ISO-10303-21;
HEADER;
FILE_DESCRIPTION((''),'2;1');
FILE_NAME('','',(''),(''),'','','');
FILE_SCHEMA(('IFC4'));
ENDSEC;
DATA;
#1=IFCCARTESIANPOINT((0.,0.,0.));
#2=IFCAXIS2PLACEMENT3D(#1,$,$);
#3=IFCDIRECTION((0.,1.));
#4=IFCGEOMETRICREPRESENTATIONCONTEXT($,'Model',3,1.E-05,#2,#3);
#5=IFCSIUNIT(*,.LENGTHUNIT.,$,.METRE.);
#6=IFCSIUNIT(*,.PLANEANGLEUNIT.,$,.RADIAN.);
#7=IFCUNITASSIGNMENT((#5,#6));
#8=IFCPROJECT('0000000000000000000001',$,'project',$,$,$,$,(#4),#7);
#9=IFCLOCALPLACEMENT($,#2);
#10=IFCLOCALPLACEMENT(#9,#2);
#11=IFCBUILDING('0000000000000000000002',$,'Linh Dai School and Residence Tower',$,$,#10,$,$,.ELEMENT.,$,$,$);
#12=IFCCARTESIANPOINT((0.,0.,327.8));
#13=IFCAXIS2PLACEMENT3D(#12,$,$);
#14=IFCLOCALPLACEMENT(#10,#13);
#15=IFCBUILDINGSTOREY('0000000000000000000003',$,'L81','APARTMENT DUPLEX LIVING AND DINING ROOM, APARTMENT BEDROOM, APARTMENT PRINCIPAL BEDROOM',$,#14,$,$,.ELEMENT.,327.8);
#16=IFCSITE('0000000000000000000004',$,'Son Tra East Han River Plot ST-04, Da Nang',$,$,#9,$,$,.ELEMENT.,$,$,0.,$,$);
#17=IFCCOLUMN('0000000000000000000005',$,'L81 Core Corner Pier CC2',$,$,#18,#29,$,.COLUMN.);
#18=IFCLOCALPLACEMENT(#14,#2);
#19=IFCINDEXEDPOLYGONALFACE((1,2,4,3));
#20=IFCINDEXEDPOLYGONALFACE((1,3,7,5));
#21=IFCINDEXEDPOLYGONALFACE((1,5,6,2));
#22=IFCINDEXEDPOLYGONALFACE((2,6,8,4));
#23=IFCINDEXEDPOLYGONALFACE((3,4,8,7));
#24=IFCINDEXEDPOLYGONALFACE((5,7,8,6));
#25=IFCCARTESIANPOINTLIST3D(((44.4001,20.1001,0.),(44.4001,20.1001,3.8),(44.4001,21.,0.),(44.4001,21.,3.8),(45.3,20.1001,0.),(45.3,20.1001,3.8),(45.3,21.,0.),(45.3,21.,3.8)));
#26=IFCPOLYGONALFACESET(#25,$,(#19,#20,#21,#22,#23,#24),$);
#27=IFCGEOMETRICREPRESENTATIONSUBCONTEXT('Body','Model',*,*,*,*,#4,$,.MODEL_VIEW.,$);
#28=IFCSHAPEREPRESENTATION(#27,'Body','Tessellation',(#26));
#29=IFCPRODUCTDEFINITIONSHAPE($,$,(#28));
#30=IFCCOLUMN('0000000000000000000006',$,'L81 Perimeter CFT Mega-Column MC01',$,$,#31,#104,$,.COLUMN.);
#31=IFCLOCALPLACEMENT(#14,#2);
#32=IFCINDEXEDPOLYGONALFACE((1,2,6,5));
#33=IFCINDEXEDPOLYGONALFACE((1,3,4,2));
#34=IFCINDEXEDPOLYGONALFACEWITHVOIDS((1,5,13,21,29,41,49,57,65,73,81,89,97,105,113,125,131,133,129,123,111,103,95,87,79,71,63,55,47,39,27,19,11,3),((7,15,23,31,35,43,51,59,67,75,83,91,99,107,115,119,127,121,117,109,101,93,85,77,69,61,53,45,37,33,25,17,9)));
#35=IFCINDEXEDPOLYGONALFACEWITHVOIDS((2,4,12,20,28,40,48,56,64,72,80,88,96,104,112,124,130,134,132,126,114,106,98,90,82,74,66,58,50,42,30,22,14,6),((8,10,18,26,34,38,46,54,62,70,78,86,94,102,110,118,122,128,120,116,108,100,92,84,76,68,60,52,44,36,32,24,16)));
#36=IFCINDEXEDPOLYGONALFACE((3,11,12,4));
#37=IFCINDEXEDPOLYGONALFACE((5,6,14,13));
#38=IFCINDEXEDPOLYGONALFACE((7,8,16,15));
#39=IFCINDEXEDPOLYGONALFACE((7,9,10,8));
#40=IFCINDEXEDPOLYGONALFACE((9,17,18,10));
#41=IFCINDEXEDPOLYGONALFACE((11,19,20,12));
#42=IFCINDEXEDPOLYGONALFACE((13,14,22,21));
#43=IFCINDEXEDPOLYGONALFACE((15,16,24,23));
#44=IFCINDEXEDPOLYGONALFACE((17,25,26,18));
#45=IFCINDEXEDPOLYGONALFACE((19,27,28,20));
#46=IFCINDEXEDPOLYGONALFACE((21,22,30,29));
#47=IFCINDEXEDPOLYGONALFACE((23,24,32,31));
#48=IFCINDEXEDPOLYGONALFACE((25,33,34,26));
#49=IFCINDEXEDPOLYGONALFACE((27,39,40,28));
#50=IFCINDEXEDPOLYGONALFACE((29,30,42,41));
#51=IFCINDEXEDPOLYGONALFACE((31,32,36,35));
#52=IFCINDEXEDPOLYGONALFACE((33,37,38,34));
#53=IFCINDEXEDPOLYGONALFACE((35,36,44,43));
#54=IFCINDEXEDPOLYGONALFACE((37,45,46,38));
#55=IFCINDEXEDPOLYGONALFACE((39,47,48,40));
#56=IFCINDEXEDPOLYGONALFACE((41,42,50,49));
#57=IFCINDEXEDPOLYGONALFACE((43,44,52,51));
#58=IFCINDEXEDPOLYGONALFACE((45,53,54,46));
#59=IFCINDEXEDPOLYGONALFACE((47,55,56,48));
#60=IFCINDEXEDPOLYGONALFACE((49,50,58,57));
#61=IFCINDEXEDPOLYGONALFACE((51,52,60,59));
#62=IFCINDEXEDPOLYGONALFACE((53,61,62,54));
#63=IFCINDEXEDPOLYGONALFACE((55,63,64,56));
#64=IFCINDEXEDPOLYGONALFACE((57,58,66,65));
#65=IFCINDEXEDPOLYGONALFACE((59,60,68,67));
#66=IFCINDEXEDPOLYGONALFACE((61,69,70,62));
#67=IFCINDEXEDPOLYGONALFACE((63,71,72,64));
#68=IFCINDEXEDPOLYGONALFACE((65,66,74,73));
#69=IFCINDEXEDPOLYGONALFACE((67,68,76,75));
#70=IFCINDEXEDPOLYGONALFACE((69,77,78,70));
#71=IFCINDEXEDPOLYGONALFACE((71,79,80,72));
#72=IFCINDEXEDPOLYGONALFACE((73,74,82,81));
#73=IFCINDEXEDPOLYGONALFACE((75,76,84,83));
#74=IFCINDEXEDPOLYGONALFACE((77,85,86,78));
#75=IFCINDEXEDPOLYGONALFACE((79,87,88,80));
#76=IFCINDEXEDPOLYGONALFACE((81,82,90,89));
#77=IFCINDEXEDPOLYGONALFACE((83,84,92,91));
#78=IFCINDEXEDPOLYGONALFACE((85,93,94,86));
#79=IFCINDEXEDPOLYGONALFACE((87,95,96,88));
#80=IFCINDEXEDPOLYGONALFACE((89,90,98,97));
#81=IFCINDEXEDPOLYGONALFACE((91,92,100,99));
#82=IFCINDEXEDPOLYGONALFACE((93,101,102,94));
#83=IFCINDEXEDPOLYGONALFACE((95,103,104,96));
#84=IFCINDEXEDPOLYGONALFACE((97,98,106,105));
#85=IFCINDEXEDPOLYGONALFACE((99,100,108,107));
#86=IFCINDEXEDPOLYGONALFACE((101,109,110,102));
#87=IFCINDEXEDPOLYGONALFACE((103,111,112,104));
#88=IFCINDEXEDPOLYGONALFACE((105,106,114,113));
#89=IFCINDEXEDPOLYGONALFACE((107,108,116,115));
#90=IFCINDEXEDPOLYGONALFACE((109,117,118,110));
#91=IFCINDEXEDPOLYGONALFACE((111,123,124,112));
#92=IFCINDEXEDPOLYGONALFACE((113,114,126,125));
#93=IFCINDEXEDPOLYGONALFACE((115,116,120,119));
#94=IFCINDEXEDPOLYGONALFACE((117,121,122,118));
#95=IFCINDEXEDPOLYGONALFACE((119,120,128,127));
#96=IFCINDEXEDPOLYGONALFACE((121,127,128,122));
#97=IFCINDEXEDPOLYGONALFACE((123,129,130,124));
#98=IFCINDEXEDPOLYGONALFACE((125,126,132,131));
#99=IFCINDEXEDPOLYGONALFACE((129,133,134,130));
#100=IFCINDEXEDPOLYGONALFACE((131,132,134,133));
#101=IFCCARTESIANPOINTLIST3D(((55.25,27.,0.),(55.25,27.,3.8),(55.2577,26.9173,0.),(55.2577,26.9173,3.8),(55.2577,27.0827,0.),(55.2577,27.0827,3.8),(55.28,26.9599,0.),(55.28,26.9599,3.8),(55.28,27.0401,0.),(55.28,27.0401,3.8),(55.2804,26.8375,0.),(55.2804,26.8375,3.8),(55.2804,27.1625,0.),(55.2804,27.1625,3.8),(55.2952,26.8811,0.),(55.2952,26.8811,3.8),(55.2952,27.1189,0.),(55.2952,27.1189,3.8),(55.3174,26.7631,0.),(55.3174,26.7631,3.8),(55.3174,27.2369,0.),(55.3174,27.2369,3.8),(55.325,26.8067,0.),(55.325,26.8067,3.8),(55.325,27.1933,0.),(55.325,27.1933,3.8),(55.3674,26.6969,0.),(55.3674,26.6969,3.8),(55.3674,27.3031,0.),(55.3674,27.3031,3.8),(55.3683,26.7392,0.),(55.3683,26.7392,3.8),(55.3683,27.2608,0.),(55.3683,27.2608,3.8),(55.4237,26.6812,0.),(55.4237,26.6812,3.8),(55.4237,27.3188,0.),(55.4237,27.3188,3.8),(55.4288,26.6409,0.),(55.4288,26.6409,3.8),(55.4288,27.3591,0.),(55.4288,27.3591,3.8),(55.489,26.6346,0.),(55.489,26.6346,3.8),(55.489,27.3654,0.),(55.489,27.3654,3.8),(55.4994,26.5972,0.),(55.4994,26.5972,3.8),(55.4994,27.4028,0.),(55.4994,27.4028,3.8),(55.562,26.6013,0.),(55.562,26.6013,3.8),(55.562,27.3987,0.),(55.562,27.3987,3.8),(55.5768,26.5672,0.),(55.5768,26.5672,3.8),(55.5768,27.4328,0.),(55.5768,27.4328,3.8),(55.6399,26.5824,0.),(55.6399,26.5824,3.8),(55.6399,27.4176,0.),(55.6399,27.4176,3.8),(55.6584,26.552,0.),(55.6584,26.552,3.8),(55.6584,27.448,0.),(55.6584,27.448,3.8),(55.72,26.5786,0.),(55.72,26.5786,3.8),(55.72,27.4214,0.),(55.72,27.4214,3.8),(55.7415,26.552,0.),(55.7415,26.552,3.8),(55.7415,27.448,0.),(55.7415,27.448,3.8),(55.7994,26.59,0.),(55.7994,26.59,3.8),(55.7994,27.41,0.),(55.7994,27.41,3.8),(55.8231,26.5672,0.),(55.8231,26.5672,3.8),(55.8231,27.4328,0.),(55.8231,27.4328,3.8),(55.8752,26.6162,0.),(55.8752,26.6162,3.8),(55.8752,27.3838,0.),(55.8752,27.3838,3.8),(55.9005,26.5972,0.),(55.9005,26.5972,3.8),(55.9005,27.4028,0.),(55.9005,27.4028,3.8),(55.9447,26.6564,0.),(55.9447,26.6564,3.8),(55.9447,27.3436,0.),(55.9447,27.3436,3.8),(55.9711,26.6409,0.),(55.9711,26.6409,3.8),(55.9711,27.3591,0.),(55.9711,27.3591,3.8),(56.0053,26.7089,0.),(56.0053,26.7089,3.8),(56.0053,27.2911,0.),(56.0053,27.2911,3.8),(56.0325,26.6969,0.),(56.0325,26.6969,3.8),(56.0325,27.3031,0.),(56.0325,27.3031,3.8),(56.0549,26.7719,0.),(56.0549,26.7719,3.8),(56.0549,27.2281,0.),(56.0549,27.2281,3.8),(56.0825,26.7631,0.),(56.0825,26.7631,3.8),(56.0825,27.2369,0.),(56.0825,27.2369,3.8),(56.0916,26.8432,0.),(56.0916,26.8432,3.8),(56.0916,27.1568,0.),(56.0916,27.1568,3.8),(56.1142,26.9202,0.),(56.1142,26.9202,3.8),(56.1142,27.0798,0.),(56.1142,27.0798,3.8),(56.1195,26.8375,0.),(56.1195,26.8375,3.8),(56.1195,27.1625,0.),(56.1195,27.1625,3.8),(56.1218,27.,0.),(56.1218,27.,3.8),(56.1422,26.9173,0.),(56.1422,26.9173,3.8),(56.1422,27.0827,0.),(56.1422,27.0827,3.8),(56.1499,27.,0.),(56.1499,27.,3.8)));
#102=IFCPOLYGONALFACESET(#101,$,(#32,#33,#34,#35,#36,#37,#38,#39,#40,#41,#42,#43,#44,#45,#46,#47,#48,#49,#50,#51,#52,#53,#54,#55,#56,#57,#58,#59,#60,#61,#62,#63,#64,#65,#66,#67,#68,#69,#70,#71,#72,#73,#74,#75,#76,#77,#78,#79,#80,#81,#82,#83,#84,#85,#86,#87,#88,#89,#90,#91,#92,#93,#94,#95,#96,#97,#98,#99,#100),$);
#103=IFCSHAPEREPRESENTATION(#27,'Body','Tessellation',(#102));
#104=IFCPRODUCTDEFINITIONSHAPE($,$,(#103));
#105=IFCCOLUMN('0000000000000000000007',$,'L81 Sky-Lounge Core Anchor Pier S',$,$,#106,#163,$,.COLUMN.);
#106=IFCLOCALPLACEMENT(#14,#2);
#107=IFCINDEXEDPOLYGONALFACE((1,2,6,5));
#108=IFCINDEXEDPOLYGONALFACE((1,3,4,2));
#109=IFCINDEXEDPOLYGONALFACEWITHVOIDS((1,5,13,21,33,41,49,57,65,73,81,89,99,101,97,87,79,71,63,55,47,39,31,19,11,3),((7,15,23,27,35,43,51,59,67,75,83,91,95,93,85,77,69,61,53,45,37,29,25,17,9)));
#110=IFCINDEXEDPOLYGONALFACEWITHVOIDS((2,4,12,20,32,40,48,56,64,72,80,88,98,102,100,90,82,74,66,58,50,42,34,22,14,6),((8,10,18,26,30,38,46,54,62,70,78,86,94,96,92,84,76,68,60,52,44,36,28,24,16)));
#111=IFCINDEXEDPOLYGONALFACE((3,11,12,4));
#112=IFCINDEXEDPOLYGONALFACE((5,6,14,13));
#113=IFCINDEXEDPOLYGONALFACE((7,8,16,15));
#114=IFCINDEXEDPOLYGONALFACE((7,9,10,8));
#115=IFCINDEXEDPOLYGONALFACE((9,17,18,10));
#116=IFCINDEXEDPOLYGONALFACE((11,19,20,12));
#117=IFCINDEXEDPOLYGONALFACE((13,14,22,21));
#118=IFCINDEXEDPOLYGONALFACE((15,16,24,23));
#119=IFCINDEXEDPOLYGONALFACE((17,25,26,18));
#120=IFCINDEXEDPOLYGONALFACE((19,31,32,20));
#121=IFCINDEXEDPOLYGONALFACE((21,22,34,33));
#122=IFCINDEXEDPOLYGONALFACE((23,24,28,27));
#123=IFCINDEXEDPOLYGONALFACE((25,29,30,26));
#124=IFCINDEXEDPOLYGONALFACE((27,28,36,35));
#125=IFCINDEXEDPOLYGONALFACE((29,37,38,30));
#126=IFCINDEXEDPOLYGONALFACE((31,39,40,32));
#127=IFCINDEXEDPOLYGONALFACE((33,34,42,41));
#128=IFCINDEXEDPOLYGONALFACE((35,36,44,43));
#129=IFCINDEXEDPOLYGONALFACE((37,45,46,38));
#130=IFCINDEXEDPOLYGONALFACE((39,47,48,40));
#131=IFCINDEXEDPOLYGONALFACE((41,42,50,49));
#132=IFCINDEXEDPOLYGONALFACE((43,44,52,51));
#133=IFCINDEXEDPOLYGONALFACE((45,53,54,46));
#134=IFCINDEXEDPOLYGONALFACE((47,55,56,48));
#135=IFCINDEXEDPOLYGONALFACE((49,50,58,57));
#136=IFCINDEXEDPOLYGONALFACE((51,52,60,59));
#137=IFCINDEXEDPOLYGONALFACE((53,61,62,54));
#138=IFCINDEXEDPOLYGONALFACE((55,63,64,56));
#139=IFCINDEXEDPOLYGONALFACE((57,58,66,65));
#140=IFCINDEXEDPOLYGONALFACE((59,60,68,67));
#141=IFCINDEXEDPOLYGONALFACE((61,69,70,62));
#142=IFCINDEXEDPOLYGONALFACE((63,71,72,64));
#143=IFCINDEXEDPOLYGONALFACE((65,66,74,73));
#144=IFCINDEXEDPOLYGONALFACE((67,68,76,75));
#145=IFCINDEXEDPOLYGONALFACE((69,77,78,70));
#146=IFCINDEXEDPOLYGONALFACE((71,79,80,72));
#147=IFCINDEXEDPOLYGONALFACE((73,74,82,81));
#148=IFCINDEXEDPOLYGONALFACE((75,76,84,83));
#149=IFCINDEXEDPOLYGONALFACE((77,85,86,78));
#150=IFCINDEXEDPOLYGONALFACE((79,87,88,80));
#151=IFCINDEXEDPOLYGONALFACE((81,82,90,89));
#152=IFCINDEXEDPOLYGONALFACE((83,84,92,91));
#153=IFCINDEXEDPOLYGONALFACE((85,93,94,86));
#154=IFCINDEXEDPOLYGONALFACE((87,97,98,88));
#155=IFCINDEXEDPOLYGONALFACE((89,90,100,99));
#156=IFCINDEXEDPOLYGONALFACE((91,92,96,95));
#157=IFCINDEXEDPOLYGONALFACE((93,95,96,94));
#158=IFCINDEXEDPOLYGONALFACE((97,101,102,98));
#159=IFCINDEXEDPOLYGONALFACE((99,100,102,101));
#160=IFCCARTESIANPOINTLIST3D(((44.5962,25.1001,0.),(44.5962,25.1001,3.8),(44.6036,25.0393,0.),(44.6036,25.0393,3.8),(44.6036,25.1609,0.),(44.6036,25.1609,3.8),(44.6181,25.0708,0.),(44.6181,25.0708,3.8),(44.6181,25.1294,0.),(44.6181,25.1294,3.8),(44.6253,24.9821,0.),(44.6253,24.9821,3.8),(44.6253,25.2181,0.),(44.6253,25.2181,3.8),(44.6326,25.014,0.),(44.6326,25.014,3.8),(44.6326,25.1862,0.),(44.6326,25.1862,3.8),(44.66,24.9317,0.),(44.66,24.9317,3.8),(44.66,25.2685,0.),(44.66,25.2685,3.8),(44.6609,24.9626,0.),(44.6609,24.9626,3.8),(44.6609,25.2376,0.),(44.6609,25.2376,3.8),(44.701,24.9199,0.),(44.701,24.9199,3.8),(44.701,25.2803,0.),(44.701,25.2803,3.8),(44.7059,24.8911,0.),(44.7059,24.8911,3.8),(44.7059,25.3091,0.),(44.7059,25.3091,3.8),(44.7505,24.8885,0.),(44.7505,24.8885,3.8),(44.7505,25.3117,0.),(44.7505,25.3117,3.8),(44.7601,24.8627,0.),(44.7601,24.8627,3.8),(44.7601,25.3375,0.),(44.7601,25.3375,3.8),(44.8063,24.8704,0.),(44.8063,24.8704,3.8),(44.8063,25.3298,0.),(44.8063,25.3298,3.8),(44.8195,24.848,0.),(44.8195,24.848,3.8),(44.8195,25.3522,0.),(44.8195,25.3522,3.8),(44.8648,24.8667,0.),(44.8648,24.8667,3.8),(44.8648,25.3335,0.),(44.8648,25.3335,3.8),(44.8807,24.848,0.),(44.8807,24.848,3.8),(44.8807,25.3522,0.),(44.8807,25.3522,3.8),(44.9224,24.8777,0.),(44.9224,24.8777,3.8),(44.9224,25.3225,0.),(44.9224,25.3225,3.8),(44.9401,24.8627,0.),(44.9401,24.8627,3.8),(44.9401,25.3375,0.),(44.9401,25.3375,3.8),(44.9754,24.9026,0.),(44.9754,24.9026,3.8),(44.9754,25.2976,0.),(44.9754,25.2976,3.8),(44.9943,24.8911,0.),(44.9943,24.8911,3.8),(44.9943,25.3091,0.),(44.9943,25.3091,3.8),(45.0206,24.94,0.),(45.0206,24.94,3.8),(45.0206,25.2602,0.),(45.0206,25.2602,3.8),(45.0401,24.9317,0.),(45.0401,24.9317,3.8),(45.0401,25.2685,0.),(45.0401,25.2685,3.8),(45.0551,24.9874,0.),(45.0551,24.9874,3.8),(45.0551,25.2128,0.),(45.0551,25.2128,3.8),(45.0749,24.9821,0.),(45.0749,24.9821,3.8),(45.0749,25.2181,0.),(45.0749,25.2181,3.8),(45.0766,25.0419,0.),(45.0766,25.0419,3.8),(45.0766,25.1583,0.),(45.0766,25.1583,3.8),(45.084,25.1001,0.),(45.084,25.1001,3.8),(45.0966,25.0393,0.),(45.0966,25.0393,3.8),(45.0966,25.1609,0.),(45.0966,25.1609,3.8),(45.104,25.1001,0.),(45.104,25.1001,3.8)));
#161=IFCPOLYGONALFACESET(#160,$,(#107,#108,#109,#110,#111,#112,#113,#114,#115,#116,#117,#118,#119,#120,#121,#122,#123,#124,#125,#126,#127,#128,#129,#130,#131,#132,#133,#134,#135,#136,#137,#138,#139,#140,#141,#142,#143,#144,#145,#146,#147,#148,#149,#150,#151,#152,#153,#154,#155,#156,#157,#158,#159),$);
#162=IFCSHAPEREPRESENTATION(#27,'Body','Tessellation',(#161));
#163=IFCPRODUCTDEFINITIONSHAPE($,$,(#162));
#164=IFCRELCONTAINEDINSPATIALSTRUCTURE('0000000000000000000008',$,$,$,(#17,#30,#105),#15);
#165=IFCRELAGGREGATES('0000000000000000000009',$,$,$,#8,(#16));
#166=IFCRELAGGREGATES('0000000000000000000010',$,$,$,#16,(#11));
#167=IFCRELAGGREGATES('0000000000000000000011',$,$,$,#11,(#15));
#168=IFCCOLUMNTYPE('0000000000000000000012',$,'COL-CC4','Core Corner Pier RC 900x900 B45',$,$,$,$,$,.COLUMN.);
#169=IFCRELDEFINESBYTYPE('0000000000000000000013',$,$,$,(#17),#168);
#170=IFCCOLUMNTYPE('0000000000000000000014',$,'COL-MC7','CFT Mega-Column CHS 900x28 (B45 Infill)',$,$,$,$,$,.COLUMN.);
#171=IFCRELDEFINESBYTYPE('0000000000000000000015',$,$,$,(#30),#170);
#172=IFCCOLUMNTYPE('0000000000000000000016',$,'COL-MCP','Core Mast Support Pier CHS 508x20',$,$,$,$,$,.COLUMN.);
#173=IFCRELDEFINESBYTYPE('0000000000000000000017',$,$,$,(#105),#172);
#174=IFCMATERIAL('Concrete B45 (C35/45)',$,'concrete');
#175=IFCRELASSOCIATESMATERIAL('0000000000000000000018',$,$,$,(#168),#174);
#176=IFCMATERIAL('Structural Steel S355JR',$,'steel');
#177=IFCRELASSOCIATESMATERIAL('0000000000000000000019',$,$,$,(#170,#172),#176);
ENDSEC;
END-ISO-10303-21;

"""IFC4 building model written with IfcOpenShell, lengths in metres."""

from ifc_helpers import new_model, si_unit, direction, frame, origin, origin_2d, place, context, subcontext, project, spatial, rectangle, hollow_circle, extrude, material, material_profile, profile_set, type_object, element, save


model = new_model("IFC4")

# Units and contexts
model_context = context("Model", 3, precision=1e-05, world=origin(), true_north=direction((0.0, 1.0)))
body_context = subcontext(model_context, "Body", "Model", "MODEL_VIEW")
ifc_project = project(units=[si_unit("LENGTHUNIT", "METRE"), si_unit("PLANEANGLEUNIT", "RADIAN")], contexts=[model_context])

# Site, building, storey
site_placement = place(None, origin())
site = spatial("IfcSite", under=ifc_project, at=site_placement, Name="Son Tra East Han River Plot ST-04, Da Nang", CompositionType="ELEMENT", RefElevation=0.0)
building_placement = place(site_placement, origin())
building = spatial("IfcBuilding", under=site, at=building_placement, Name="Linh Dai School and Residence Tower", CompositionType="ELEMENT")
storey_placement = place(building_placement, frame((0.0, 0.0, 327.8)))
storey = spatial("IfcBuildingStorey", under=building, at=storey_placement, Name="L81", Description="APARTMENT DUPLEX LIVING AND DINING ROOM, APARTMENT BEDROOM, APARTMENT PRINCIPAL BEDROOM", CompositionType="ELEMENT", Elevation=327.8)

# Columns
ifc_material_1 = material(Name="Concrete B45 (C35/45)", Category="concrete")
ifc_material_profile_1 = material_profile(ifc_material_1, rectangle(XDim=0.8999, YDim=0.8999, at=origin_2d()), Name="RC 900x900")
ifc_profile_set_1 = profile_set([ifc_material_profile_1], Name="Concrete B45 (C35/45)")
column_type_1 = type_object("IfcColumnType", Name="COL-CC4", Description="Core Corner Pier RC 900x900 B45", PredefinedType="COLUMN", material=ifc_profile_set_1)
column_1_placement = place(storey_placement, frame((44.8501, 20.55, 0.0), z_axis=(0.0, 0.0, 1.0), x_axis=(1.0, 0.0, 0.0)))
element("IfcColumn", 1, at=column_1_placement, inside=storey, type_object=column_type_1, Name="L81 Core Corner Pier CC2", PredefinedType="COLUMN", context=body_context, shape_type="SweptSolid", body=[
    extrude(rectangle(XDim=0.8999, YDim=0.8999, at=origin_2d()), origin(), (0.0, 0.0, 1.0), 3.8),
])
ifc_material_2 = material(Name="Structural Steel S355JR", Category="steel")
ifc_material_profile_2 = material_profile(ifc_material_2, hollow_circle(Radius=0.45, WallThickness=0.0281, at=origin_2d()), Name="CHS 900x28")
ifc_profile_set_2 = profile_set([ifc_material_profile_2], Name="Structural Steel S355JR")
column_type_2 = type_object("IfcColumnType", Name="COL-MC7", Description="CFT Mega-Column CHS 900x28 (B45 Infill)", PredefinedType="COLUMN", material=ifc_profile_set_2)
column_2_placement = place(storey_placement, frame((55.7, 27.0, 0.0), z_axis=(0.0, 0.0, 1.0), x_axis=(1.0, 0.0, 0.0)))
element("IfcColumn", 2, at=column_2_placement, inside=storey, type_object=column_type_2, Name="L81 Perimeter CFT Mega-Column MC01", PredefinedType="COLUMN", context=body_context, shape_type="SweptSolid", body=[
    extrude(hollow_circle(Radius=0.45, WallThickness=0.0281, at=origin_2d()), origin(), (0.0, 0.0, 1.0), 3.8),
])
ifc_material_profile_3 = material_profile(ifc_material_2, hollow_circle(Radius=0.2539, WallThickness=0.02, at=origin_2d()), Name="CHS 508x20")
ifc_profile_set_3 = profile_set([ifc_material_profile_3], Name="Structural Steel S355JR")
column_type_3 = type_object("IfcColumnType", Name="COL-MCP", Description="Core Mast Support Pier CHS 508x20", PredefinedType="COLUMN", material=ifc_profile_set_3)
column_3_placement = place(storey_placement, frame((44.8501, 25.1001, 0.0), z_axis=(0.0, 0.0, 1.0), x_axis=(1.0, 0.0, 0.0)))
element("IfcColumn", 3, at=column_3_placement, inside=storey, type_object=column_type_3, Name="L81 Sky-Lounge Core Anchor Pier S", PredefinedType="COLUMN", context=body_context, shape_type="SweptSolid", body=[
    extrude(hollow_circle(Radius=0.2539, WallThickness=0.02, at=origin_2d()), origin(), (0.0, 0.0, 1.0), 3.8),
])

save(model, "model.ifc")
